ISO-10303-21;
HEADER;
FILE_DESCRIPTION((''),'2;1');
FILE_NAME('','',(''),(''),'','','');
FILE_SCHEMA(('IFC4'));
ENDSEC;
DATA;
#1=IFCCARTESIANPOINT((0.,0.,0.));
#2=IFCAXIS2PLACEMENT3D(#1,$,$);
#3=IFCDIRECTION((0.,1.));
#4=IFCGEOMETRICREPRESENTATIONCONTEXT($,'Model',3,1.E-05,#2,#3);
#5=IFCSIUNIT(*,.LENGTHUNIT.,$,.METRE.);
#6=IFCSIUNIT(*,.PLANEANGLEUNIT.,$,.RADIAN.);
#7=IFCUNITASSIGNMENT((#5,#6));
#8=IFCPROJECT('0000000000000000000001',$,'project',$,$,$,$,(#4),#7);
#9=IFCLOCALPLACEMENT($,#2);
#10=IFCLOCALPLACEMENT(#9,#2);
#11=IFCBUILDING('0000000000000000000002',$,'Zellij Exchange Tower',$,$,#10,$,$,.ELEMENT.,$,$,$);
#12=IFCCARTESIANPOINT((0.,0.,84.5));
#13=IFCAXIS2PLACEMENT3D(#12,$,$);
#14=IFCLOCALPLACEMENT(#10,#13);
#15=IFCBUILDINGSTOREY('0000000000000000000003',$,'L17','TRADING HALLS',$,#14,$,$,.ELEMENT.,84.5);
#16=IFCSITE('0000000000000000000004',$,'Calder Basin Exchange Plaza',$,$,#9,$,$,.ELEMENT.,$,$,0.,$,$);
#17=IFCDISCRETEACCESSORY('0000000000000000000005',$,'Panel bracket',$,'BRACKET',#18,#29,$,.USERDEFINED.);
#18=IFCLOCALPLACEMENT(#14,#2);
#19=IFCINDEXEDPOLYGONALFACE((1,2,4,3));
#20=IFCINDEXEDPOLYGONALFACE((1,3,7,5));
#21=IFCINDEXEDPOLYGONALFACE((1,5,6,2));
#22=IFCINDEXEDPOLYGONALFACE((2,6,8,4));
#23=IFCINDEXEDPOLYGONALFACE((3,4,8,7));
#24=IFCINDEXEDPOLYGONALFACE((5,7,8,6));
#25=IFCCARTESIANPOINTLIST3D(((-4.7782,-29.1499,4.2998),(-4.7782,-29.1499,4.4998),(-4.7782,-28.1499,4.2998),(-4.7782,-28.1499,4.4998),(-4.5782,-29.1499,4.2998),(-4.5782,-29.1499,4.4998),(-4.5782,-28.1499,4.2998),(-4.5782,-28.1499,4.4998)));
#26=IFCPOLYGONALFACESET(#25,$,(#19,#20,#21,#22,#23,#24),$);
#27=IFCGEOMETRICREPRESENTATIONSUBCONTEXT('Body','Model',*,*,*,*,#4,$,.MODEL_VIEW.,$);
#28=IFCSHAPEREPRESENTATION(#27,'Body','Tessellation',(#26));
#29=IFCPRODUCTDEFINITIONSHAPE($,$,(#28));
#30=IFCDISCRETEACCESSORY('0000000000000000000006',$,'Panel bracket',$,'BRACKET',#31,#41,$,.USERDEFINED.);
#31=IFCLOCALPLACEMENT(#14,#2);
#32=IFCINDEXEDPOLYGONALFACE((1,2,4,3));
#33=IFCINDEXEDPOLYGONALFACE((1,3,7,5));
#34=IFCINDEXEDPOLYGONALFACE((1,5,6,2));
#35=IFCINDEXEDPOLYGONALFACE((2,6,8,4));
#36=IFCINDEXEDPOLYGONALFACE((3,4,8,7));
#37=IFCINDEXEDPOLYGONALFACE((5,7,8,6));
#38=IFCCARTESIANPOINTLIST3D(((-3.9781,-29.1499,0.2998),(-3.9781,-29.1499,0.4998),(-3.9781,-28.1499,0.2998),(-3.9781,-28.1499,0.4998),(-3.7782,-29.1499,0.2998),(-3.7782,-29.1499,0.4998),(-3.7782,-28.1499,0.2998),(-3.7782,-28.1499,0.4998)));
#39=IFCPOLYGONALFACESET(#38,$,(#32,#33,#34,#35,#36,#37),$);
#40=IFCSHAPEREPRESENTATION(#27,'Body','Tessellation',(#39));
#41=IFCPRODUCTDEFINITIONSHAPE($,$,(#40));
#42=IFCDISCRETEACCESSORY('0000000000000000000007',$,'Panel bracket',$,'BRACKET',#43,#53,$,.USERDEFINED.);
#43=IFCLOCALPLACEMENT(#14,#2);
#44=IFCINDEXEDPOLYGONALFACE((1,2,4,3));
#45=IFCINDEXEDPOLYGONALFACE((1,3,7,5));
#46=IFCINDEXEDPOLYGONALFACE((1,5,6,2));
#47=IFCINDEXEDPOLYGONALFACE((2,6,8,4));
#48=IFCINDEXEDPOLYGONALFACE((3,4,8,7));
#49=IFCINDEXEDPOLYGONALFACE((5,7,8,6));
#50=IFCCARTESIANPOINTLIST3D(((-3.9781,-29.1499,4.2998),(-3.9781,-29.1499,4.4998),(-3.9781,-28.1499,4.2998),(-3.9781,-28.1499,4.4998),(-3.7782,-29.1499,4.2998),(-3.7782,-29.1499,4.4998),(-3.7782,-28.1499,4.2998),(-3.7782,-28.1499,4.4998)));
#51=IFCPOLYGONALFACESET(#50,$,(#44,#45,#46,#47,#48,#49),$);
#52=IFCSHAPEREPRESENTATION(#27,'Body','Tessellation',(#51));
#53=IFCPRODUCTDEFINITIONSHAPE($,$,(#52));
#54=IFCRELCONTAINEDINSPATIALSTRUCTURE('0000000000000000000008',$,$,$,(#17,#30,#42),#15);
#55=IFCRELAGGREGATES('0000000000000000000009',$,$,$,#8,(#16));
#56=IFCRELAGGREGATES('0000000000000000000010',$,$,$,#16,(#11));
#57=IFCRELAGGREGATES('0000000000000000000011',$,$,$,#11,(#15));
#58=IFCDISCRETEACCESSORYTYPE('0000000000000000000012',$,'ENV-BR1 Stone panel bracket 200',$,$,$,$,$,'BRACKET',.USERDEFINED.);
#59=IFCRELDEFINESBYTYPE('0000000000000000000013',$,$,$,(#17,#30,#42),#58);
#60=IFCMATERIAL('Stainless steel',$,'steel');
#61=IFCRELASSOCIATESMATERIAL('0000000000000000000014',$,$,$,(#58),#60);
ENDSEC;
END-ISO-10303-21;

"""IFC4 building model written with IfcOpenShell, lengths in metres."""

from ifc_helpers import new_model, si_unit, direction, frame, origin, origin_2d, place, context, subcontext, project, spatial, rectangle, extrude, material, type_object, element, save


model = new_model("IFC4")

# Units and contexts
model_context = context("Model", 3, precision=1e-05, world=origin(), true_north=direction((0.0, 1.0)))
body_context = subcontext(model_context, "Body", "Model", "MODEL_VIEW")
ifc_project = project(units=[si_unit("LENGTHUNIT", "METRE"), si_unit("PLANEANGLEUNIT", "RADIAN")], contexts=[model_context])

# Site, building, storey
site_placement = place(None, origin())
site = spatial("IfcSite", under=ifc_project, at=site_placement, Name="Calder Basin Exchange Plaza", CompositionType="ELEMENT", RefElevation=0.0)
building_placement = place(site_placement, origin())
building = spatial("IfcBuilding", under=site, at=building_placement, Name="Zellij Exchange Tower", CompositionType="ELEMENT")
storey_placement = place(building_placement, frame((0.0, 0.0, 84.5)))
storey = spatial("IfcBuildingStorey", under=building, at=storey_placement, Name="L17", Description="TRADING HALLS", CompositionType="ELEMENT", Elevation=84.5)

# Discrete accessories
ifc_material_1 = material(Name="Stainless steel", Category="steel")
discrete_accessory_type = type_object("IfcDiscreteAccessoryType", Name="ENV-BR1 Stone panel bracket 200", ElementType="BRACKET", PredefinedType="USERDEFINED", material=ifc_material_1)
for number, where, z_axis, x_axis, name in (
    (1, (-4.6782, -28.6499, 4.2998), (0.0, 0.0, 1.0), (1.0, 0.0, 0.0), "Panel bracket"),
    (2, (-3.8782, -28.6499, 0.2998), (0.0, 0.0, 1.0), (1.0, 0.0, 0.0), "Panel bracket"),
    (3, (-3.8782, -28.6499, 4.2998), (0.0, 0.0, 1.0), (1.0, 0.0, 0.0), "Panel bracket"),
):
    element("IfcDiscreteAccessory", number, at=place(storey_placement, frame(where, z_axis=z_axis, x_axis=x_axis)), inside=storey, type_object=discrete_accessory_type, Name=name, ObjectType="BRACKET", PredefinedType="USERDEFINED", context=body_context, shape_type="SweptSolid", body=[
        extrude(rectangle(XDim=0.2, YDim=1.0, at=origin_2d()), origin(), (0.0, 0.0, 1.0), 0.2),
    ])

save(model, "model.ifc")
